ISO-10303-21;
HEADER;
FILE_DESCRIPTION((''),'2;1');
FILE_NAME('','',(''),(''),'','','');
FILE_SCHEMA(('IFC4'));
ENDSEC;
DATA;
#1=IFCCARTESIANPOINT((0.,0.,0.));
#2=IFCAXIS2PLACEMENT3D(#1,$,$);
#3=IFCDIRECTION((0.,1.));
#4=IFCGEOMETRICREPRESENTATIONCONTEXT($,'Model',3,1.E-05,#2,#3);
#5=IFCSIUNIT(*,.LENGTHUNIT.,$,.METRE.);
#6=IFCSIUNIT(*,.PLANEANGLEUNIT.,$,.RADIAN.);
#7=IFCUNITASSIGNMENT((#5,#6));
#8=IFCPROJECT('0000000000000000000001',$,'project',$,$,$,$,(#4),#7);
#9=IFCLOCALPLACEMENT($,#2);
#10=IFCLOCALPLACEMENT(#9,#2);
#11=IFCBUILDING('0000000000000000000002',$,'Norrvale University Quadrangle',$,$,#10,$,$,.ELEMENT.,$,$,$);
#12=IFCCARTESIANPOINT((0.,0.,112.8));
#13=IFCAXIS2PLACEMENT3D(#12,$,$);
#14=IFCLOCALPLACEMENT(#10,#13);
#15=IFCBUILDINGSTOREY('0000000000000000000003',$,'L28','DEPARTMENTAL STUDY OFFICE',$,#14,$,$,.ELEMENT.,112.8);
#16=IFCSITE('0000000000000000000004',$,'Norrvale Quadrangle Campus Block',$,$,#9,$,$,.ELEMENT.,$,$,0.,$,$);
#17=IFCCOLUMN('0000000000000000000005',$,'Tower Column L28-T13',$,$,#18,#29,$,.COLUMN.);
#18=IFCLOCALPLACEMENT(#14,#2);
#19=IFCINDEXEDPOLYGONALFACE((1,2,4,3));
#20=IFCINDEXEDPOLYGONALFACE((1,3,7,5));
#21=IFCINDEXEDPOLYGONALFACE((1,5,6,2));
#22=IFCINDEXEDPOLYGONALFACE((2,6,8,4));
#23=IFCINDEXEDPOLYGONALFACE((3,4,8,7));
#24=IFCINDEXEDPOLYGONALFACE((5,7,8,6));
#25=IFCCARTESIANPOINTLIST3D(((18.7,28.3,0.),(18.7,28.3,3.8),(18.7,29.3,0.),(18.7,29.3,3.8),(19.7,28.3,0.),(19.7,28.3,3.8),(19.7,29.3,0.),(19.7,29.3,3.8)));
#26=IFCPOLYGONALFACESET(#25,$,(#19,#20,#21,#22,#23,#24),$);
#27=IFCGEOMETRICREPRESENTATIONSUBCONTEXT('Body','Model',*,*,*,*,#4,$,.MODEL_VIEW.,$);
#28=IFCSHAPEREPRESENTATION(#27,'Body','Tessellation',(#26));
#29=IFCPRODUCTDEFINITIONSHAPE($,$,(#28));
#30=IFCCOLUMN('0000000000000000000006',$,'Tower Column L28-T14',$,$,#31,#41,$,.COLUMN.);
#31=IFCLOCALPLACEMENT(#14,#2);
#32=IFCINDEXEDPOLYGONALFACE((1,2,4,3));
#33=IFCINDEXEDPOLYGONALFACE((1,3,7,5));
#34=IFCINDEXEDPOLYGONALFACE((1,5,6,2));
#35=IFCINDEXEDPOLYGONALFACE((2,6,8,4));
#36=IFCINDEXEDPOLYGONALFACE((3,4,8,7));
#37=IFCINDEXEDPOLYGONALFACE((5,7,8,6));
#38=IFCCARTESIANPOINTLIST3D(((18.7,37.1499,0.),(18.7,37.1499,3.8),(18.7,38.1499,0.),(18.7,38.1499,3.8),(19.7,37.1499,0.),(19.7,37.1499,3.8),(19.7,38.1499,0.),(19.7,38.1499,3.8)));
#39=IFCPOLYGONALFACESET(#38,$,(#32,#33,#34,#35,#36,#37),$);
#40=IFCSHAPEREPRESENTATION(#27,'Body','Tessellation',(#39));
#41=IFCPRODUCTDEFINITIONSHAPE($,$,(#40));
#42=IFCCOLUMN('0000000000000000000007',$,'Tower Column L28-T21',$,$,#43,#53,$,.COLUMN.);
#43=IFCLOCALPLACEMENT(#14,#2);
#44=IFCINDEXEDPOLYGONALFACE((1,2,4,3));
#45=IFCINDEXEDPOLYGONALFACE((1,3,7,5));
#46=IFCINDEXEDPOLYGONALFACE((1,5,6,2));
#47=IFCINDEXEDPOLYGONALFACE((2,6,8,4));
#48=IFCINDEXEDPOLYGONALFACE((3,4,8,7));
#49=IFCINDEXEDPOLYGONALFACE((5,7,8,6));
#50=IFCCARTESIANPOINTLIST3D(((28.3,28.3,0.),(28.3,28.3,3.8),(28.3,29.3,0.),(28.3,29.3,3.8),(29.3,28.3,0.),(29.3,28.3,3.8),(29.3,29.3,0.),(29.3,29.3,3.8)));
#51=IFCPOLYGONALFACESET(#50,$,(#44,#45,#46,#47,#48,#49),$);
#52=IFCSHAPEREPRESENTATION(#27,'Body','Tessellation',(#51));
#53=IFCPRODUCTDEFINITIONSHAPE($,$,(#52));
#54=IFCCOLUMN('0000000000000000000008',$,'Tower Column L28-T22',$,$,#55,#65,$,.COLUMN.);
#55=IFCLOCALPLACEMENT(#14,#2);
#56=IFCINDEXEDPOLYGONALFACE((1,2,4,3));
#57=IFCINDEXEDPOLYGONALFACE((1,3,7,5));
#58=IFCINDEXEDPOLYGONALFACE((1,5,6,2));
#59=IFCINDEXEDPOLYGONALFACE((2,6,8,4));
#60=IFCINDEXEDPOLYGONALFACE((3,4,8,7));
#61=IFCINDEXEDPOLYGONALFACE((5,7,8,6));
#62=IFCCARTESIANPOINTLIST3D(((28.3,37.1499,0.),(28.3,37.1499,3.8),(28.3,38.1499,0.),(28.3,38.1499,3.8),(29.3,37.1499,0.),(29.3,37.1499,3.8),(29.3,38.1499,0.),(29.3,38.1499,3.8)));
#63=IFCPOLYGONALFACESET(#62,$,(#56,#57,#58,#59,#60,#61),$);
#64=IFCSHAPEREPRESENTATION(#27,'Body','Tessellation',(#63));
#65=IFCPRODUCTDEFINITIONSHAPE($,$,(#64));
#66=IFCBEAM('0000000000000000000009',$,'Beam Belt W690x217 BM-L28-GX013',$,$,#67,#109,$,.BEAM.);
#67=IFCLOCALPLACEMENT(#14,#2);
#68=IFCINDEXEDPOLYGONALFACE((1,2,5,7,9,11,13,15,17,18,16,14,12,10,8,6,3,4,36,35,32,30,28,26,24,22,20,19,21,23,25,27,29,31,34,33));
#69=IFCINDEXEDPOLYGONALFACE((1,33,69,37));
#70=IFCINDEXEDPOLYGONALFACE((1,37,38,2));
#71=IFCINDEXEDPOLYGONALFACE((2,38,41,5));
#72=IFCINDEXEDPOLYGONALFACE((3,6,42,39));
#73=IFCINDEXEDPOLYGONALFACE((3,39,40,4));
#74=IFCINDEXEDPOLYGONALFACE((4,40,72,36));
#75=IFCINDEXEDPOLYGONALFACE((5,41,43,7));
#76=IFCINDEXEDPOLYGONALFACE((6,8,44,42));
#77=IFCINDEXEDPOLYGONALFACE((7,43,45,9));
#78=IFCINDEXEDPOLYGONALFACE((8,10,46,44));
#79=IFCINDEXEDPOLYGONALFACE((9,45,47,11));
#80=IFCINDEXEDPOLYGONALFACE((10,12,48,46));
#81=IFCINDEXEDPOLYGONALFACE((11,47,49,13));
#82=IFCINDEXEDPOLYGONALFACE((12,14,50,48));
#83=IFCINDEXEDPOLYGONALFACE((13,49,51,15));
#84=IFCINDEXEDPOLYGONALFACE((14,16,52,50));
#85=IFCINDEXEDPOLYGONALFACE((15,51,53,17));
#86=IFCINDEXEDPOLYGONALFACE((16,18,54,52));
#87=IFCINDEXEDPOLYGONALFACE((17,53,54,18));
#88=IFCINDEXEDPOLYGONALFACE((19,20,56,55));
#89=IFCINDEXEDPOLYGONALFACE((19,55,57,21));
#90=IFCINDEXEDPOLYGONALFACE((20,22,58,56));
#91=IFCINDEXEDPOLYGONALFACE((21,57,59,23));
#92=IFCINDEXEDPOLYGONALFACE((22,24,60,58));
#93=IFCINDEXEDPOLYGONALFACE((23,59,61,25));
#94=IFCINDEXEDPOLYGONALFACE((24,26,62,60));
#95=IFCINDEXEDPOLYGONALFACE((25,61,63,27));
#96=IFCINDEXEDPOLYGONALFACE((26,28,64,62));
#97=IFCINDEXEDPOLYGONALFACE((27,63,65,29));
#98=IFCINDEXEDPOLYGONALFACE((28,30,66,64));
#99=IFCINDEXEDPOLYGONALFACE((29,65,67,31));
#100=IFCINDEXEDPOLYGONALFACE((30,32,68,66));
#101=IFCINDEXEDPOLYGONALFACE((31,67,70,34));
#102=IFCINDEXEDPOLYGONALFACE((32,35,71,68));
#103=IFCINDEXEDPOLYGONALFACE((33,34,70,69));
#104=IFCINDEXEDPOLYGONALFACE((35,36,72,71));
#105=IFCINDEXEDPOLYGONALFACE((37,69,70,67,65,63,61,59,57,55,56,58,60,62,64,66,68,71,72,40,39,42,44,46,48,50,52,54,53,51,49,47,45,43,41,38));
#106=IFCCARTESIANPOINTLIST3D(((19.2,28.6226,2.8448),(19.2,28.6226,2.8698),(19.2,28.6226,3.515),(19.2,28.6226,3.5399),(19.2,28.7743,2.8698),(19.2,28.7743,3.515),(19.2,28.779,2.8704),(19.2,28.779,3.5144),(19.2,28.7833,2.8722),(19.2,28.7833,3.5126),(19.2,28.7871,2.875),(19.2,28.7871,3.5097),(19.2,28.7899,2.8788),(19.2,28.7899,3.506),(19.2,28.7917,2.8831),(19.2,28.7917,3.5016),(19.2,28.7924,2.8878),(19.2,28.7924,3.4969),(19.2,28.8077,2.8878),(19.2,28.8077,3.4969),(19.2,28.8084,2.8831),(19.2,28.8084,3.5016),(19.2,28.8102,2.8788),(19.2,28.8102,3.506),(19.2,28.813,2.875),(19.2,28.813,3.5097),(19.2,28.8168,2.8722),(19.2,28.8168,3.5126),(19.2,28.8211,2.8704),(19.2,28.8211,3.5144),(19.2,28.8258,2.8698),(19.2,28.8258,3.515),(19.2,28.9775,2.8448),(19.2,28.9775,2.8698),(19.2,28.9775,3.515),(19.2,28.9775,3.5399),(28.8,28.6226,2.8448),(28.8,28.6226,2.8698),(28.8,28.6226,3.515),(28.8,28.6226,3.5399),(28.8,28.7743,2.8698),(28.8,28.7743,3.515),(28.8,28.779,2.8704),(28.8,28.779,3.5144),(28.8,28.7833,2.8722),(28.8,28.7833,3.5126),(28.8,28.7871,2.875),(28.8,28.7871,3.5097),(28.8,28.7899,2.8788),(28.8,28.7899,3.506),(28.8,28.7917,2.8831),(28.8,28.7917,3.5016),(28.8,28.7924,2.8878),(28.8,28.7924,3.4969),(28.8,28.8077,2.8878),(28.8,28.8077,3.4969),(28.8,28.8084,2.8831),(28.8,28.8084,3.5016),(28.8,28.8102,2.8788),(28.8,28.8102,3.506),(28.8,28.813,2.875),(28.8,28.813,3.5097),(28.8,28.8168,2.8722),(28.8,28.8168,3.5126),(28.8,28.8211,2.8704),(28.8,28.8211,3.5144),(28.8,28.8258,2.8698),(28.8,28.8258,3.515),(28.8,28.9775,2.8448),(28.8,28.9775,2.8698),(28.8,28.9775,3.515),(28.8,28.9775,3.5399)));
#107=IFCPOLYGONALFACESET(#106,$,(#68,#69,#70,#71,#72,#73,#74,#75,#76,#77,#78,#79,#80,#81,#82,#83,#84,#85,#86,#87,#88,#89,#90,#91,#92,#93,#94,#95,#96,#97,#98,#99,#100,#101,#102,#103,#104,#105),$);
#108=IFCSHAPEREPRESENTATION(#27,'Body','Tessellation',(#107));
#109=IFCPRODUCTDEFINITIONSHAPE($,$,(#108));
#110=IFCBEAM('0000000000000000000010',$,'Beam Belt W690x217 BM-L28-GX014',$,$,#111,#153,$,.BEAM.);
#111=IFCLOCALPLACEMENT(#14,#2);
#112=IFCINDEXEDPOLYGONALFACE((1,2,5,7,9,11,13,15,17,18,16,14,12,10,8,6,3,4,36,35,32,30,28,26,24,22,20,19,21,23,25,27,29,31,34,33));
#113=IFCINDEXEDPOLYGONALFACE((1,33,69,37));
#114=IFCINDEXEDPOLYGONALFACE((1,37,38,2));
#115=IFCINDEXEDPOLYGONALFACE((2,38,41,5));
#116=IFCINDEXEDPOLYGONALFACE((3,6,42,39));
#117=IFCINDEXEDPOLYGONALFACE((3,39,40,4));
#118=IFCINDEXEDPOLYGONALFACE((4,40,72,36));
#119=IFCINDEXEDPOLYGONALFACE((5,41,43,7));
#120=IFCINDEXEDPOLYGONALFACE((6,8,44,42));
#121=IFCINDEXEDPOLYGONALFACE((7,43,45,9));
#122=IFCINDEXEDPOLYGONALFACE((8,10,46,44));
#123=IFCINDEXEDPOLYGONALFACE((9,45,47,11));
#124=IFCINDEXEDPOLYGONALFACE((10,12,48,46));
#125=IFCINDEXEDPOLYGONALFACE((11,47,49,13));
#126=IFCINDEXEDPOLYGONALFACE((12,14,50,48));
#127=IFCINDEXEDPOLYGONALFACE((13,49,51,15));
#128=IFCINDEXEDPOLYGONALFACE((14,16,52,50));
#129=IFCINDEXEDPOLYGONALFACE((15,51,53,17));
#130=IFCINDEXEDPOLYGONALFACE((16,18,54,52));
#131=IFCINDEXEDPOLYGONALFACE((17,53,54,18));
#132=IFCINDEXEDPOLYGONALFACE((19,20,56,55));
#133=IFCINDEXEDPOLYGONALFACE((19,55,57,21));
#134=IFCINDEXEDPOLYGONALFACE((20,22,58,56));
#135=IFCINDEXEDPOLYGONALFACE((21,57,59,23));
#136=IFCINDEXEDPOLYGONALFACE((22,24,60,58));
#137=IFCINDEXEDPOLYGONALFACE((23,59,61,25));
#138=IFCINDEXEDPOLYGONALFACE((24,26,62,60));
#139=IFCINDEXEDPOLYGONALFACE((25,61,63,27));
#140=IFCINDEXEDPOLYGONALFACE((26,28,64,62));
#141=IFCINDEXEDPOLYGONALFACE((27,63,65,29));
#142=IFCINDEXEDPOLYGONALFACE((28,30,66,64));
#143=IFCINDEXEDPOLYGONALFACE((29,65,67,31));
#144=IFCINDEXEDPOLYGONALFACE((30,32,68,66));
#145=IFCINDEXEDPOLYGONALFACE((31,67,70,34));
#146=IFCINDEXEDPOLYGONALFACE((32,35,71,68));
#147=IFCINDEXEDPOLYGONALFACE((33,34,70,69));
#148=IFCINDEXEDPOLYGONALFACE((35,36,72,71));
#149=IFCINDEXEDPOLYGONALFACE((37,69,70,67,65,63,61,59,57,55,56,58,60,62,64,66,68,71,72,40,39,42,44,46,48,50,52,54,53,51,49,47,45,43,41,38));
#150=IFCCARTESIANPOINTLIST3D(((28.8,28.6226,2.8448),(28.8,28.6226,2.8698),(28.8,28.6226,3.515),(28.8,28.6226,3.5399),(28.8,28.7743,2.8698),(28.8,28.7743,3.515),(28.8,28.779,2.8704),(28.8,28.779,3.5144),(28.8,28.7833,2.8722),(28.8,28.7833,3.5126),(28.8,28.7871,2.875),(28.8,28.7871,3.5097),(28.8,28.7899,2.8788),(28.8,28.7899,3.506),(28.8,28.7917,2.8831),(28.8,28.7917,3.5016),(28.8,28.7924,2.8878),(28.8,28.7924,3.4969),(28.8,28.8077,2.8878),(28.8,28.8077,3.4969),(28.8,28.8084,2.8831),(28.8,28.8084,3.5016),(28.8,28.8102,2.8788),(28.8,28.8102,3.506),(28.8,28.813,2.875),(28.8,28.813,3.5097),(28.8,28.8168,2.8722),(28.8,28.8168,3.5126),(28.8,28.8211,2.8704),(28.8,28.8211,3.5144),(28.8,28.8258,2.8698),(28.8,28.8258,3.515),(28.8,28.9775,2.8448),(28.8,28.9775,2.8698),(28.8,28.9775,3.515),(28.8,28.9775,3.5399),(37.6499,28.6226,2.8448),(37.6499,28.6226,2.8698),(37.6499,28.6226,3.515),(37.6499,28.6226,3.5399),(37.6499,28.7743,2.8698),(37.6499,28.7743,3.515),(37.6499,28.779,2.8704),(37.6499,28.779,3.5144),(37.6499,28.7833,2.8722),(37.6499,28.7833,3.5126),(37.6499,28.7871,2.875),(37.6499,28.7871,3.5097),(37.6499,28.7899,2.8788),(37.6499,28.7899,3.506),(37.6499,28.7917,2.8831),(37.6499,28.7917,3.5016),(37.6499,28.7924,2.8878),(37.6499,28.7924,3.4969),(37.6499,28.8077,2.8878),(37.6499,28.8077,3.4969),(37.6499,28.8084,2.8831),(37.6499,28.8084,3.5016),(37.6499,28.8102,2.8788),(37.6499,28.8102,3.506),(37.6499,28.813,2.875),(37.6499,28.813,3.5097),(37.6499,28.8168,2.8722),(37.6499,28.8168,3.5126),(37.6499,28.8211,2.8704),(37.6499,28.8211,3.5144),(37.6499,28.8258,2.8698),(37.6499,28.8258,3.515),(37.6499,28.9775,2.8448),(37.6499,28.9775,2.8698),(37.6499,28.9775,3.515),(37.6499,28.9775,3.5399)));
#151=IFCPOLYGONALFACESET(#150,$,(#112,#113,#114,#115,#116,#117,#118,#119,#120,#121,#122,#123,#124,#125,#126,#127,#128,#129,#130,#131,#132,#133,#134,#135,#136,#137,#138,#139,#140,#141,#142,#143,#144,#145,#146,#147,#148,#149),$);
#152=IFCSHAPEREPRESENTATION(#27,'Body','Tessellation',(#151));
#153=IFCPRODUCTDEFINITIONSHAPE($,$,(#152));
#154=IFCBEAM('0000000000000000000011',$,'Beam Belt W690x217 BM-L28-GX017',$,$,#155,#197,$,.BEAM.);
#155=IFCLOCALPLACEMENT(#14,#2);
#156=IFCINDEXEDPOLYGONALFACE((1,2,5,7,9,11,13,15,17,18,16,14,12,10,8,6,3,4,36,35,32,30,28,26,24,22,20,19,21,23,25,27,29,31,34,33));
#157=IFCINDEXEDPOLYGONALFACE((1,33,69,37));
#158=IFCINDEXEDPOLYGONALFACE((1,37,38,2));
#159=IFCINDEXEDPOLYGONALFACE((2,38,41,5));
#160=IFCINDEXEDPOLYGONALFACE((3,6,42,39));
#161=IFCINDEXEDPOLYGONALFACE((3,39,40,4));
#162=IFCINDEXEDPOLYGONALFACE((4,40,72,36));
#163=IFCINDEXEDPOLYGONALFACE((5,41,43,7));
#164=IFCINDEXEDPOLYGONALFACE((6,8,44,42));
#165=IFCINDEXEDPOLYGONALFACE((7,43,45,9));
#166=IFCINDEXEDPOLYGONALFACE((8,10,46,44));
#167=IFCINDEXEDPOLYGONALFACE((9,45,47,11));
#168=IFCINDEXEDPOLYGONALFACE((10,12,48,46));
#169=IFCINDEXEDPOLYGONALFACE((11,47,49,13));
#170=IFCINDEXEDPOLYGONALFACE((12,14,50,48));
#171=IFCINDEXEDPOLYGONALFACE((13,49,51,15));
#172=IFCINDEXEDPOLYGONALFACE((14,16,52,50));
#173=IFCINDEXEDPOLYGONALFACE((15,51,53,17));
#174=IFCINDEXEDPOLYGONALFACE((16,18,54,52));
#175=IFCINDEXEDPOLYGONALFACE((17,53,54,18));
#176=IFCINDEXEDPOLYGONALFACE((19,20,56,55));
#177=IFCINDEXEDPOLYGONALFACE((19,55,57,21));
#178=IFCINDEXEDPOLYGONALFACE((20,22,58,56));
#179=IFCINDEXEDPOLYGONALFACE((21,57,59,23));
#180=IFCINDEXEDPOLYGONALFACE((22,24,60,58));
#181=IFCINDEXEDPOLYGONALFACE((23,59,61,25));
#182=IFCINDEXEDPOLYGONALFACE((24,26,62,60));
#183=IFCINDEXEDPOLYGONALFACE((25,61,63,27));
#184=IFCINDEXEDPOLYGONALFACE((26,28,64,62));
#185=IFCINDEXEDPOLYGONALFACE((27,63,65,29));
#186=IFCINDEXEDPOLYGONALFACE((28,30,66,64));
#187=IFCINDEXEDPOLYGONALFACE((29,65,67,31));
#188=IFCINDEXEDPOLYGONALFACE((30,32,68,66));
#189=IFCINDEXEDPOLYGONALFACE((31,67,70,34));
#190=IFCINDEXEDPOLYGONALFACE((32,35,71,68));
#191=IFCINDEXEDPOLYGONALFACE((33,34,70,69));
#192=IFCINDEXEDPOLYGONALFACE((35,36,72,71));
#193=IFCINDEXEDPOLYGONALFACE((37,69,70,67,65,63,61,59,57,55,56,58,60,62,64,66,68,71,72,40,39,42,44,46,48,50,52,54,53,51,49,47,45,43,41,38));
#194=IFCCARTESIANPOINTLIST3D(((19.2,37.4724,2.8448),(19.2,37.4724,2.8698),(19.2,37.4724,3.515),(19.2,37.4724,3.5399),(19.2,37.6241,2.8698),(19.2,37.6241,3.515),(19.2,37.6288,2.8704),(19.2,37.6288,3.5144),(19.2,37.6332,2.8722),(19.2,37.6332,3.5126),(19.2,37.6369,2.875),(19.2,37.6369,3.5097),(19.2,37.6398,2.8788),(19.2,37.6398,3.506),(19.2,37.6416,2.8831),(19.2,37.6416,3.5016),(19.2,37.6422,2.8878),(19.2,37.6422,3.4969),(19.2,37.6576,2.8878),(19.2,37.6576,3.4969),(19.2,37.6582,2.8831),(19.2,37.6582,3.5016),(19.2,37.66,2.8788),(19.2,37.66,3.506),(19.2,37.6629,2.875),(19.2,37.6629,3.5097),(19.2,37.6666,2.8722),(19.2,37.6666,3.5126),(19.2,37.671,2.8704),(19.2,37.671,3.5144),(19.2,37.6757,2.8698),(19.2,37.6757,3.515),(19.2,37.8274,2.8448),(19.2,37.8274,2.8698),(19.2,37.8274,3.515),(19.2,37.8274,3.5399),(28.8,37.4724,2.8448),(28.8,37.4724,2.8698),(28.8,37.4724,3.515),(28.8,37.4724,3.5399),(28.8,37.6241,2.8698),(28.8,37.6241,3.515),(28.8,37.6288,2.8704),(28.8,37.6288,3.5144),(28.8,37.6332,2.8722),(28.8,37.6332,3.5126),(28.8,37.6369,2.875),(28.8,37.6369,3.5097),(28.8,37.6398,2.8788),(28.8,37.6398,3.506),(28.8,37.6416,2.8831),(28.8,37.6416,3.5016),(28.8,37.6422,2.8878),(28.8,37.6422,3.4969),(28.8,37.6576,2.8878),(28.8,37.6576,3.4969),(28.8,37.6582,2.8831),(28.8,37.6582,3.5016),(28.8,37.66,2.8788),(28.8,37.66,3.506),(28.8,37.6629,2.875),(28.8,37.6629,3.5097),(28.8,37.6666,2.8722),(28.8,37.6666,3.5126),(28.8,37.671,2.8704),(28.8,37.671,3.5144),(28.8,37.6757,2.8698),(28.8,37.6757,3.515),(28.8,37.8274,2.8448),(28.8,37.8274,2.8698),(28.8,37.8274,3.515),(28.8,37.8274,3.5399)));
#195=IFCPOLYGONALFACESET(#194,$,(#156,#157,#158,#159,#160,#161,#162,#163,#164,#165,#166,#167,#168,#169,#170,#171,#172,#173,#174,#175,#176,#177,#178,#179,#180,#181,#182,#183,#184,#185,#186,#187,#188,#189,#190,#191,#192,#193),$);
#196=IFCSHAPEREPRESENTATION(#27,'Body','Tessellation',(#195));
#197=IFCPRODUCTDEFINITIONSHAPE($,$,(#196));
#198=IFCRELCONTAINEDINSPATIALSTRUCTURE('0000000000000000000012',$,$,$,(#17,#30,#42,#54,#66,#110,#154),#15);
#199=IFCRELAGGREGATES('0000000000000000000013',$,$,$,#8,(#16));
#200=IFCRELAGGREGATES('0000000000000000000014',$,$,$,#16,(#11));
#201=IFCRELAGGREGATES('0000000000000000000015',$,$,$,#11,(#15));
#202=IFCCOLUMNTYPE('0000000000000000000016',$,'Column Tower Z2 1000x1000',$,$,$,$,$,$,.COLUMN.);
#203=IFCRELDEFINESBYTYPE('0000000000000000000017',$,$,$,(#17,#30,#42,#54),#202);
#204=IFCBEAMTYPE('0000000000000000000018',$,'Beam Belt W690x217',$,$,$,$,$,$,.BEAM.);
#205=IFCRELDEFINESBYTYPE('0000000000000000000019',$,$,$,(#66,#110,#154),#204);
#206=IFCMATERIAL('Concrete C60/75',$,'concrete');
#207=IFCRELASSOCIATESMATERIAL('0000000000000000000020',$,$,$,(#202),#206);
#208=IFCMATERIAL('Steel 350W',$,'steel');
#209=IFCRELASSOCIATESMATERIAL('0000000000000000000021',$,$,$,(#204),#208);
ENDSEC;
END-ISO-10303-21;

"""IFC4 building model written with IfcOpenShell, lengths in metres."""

from ifc_helpers import new_model, si_unit, direction, frame, origin, origin_2d, place, context, subcontext, project, spatial, rectangle, i_section, extrude, material, material_profile, profile_set, type_object, element, save


model = new_model("IFC4")

# Units and contexts
model_context = context("Model", 3, precision=1e-05, world=origin(), true_north=direction((0.0, 1.0)))
body_context = subcontext(model_context, "Body", "Model", "MODEL_VIEW")
ifc_project = project(units=[si_unit("LENGTHUNIT", "METRE"), si_unit("PLANEANGLEUNIT", "RADIAN")], contexts=[model_context])

# Site, building, storey
site_placement = place(None, origin())
site = spatial("IfcSite", under=ifc_project, at=site_placement, Name="Norrvale Quadrangle Campus Block", CompositionType="ELEMENT", RefElevation=0.0)
building_placement = place(site_placement, origin())
building = spatial("IfcBuilding", under=site, at=building_placement, Name="Norrvale University Quadrangle", CompositionType="ELEMENT")
storey_placement = place(building_placement, frame((0.0, 0.0, 112.8)))
storey = spatial("IfcBuildingStorey", under=building, at=storey_placement, Name="L28", Description="DEPARTMENTAL STUDY OFFICE", CompositionType="ELEMENT", Elevation=112.8)

# Columns
ifc_material_1 = material(Name="Concrete C60/75", Category="concrete")
ifc_material_profile_1 = material_profile(ifc_material_1, rectangle(XDim=1.0, YDim=1.0, at=origin_2d()), Name="Concrete C60/75")
ifc_profile_set_1 = profile_set([ifc_material_profile_1], Name="Concrete C60/75")
column_type = type_object("IfcColumnType", Name="Column Tower Z2 1000x1000", PredefinedType="COLUMN", material=ifc_profile_set_1)
for number, where, z_axis, x_axis, name in (
    (1, (19.2, 28.8, 0.0), (0.0, 0.0, 1.0), (1.0, 0.0, 0.0), "Tower Column L28-T13"),
    (2, (19.2, 37.6499, 0.0), (0.0, 0.0, 1.0), (1.0, 0.0, 0.0), "Tower Column L28-T14"),
    (3, (28.8, 28.8, 0.0), (0.0, 0.0, 1.0), (1.0, 0.0, 0.0), "Tower Column L28-T21"),
    (4, (28.8, 37.6499, 0.0), (0.0, 0.0, 1.0), (1.0, 0.0, 0.0), "Tower Column L28-T22"),
):
    element("IfcColumn", number, at=place(storey_placement, frame(where, z_axis=z_axis, x_axis=x_axis)), inside=storey, type_object=column_type, Name=name, PredefinedType="COLUMN", context=body_context, shape_type="SweptSolid", body=[
        extrude(rectangle(XDim=1.0, YDim=1.0, at=origin_2d()), origin(), (0.0, 0.0, 1.0), 3.8),
    ])

# Beams
ifc_material_2 = material(Name="Steel 350W", Category="steel")
ifc_material_profile_2 = material_profile(ifc_material_2, i_section(OverallWidth=0.355, OverallDepth=0.6951, WebThickness=0.0154, FlangeThickness=0.0249, FilletRadius=0.0181, at=origin_2d()), Name="Steel 350W")
ifc_profile_set_2 = profile_set([ifc_material_profile_2], Name="Steel 350W")
beam_type_1 = type_object("IfcBeamType", Name="Beam Belt W690x217", PredefinedType="BEAM", material=ifc_profile_set_2)
beam_1_placement = place(storey_placement, frame((19.2, 28.8, 3.1924), z_axis=(1.0, 0.0, 0.0), x_axis=(0.0, 1.0, 0.0)))
element("IfcBeam", 5, at=beam_1_placement, inside=storey, type_object=beam_type_1, Name="Beam Belt W690x217 BM-L28-GX013", PredefinedType="BEAM", context=body_context, shape_type="SweptSolid", body=[
    extrude(i_section(OverallWidth=0.355, OverallDepth=0.6951, WebThickness=0.0154, FlangeThickness=0.0249, FilletRadius=0.0181, at=origin_2d()), origin(), (0.0, 0.0, 1.0), 9.6001),
])
beam_2_placement = place(storey_placement, frame((28.8, 28.8, 3.1924), z_axis=(1.0, 0.0, 0.0), x_axis=(0.0, 1.0, 0.0)))
element("IfcBeam", 6, at=beam_2_placement, inside=storey, type_object=beam_type_1, Name="Beam Belt W690x217 BM-L28-GX014", PredefinedType="BEAM", context=body_context, shape_type="SweptSolid", body=[
    extrude(i_section(OverallWidth=0.355, OverallDepth=0.6951, WebThickness=0.0154, FlangeThickness=0.0249, FilletRadius=0.0181, at=origin_2d()), origin(), (0.0, 0.0, 1.0), 8.8499),
])
beam_3_placement = place(storey_placement, frame((19.2, 37.6499, 3.1924), z_axis=(1.0, 0.0, 0.0), x_axis=(0.0, 1.0, 0.0)))
element("IfcBeam", 7, at=beam_3_placement, inside=storey, type_object=beam_type_1, Name="Beam Belt W690x217 BM-L28-GX017", PredefinedType="BEAM", context=body_context, shape_type="SweptSolid", body=[
    extrude(i_section(OverallWidth=0.355, OverallDepth=0.6951, WebThickness=0.0154, FlangeThickness=0.0249, FilletRadius=0.0181, at=origin_2d()), origin(), (0.0, 0.0, 1.0), 9.6001),
])

save(model, "model.ifc")
